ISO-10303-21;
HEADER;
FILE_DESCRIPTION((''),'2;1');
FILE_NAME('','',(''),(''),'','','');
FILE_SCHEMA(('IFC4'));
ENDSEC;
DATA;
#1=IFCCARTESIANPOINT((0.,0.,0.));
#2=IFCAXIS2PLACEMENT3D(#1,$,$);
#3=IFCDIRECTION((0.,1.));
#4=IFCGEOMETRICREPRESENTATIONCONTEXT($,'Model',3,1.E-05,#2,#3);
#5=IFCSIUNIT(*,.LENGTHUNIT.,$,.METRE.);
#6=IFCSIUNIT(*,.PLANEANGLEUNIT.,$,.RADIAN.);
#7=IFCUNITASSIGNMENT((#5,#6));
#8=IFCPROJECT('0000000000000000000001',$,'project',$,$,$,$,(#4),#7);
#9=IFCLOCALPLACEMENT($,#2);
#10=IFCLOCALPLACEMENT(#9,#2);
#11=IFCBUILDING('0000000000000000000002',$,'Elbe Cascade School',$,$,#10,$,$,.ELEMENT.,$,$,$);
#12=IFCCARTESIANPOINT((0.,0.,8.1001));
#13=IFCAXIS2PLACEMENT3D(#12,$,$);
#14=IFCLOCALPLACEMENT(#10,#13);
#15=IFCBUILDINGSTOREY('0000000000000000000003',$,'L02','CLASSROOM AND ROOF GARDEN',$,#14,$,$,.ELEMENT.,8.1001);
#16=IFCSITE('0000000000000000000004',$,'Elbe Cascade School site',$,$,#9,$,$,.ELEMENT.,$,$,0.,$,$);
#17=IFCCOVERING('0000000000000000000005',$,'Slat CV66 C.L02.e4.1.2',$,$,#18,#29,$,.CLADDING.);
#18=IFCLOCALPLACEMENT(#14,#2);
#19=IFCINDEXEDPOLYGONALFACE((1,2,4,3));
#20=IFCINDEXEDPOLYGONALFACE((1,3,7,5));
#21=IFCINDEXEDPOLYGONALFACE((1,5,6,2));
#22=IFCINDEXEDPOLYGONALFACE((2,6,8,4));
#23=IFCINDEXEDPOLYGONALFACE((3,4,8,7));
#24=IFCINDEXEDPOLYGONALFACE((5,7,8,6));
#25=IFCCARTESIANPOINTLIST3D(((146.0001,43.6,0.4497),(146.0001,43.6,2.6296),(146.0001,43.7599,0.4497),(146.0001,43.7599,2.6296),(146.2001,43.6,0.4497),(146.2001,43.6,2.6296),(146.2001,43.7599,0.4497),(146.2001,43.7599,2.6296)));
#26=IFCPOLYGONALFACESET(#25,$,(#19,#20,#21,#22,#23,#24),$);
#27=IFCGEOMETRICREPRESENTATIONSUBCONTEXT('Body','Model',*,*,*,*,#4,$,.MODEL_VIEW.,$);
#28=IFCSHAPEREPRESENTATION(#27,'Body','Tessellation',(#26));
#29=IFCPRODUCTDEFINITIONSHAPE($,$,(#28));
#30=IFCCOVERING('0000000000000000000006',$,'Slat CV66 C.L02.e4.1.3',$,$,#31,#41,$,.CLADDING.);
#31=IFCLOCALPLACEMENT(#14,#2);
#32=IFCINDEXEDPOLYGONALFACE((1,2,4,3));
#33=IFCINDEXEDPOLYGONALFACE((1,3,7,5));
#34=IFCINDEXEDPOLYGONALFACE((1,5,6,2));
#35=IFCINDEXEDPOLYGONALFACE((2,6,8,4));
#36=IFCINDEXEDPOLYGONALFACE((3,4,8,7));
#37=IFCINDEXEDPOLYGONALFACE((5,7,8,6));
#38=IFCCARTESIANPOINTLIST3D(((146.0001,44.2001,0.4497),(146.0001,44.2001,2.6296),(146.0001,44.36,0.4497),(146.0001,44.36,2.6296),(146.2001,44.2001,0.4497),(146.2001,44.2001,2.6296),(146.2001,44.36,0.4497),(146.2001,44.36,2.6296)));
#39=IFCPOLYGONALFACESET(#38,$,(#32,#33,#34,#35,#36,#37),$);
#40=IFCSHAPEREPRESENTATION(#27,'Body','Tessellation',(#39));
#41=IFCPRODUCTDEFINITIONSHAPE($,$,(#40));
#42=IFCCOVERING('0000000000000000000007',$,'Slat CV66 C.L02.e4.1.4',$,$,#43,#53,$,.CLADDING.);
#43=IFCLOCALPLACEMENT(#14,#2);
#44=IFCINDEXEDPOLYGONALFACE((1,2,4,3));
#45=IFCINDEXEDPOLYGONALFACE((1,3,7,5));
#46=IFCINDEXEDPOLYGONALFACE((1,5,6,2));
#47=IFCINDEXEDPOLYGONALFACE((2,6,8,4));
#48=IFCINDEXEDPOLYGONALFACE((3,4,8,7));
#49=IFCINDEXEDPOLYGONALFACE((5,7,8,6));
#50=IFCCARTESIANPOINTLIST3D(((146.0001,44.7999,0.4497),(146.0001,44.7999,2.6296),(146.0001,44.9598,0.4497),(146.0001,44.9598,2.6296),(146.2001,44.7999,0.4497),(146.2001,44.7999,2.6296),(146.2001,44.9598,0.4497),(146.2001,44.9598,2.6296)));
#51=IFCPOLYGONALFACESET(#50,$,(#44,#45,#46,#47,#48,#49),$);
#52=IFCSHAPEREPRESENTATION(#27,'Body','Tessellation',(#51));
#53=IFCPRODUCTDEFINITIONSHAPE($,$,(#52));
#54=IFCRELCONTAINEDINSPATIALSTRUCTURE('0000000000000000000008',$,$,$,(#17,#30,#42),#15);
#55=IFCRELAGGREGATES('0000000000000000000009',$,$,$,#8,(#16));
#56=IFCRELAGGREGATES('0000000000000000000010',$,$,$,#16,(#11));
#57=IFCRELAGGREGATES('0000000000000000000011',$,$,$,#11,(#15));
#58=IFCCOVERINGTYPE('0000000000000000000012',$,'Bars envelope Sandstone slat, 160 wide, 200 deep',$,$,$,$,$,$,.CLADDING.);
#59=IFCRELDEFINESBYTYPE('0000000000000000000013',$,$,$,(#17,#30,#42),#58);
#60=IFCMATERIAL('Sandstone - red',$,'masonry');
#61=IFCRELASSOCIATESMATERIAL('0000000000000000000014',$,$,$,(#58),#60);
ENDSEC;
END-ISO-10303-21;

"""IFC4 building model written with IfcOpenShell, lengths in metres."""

from ifc_helpers import new_model, si_unit, direction, frame, origin, origin_2d, place, context, subcontext, project, spatial, rectangle, extrude, material, type_object, element, save


model = new_model("IFC4")

# Units and contexts
model_context = context("Model", 3, precision=1e-05, world=origin(), true_north=direction((0.0, 1.0)))
body_context = subcontext(model_context, "Body", "Model", "MODEL_VIEW")
ifc_project = project(units=[si_unit("LENGTHUNIT", "METRE"), si_unit("PLANEANGLEUNIT", "RADIAN")], contexts=[model_context])

# Site, building, storey
site_placement = place(None, origin())
site = spatial("IfcSite", under=ifc_project, at=site_placement, Name="Elbe Cascade School site", CompositionType="ELEMENT", RefElevation=0.0)
building_placement = place(site_placement, origin())
building = spatial("IfcBuilding", under=site, at=building_placement, Name="Elbe Cascade School", CompositionType="ELEMENT")
storey_placement = place(building_placement, frame((0.0, 0.0, 8.1001)))
storey = spatial("IfcBuildingStorey", under=building, at=storey_placement, Name="L02", Description="CLASSROOM AND ROOF GARDEN", CompositionType="ELEMENT", Elevation=8.1001)

# Coverings
ifc_material_1 = material(Name="Sandstone - red", Category="masonry")
covering_type_1 = type_object("IfcCoveringType", Name="Bars envelope Sandstone slat, 160 wide, 200 deep", PredefinedType="CLADDING", material=ifc_material_1)
for number, where, z_axis, x_axis, name in (
    (1, (146.1001, 43.6799, 0.4497), (0.0, 0.0, 1.0), (0.0, 1.0, 0.0), "Slat CV66 C.L02.e4.1.2"),
    (2, (146.1001, 44.28, 0.4497), (0.0, 0.0, 1.0), (0.0, 1.0, 0.0), "Slat CV66 C.L02.e4.1.3"),
    (3, (146.1001, 44.8799, 0.4497), (0.0, 0.0, 1.0), (0.0, 1.0, 0.0), "Slat CV66 C.L02.e4.1.4"),
):
    element("IfcCovering", number, at=place(storey_placement, frame(where, z_axis=z_axis, x_axis=x_axis)), inside=storey, type_object=covering_type_1, Name=name, PredefinedType="CLADDING", context=body_context, shape_type="SweptSolid", body=[
        extrude(rectangle(XDim=0.1599, YDim=0.2, at=origin_2d()), origin(), (0.0, 0.0, 1.0), 2.1799),
    ])

save(model, "model.ifc")
